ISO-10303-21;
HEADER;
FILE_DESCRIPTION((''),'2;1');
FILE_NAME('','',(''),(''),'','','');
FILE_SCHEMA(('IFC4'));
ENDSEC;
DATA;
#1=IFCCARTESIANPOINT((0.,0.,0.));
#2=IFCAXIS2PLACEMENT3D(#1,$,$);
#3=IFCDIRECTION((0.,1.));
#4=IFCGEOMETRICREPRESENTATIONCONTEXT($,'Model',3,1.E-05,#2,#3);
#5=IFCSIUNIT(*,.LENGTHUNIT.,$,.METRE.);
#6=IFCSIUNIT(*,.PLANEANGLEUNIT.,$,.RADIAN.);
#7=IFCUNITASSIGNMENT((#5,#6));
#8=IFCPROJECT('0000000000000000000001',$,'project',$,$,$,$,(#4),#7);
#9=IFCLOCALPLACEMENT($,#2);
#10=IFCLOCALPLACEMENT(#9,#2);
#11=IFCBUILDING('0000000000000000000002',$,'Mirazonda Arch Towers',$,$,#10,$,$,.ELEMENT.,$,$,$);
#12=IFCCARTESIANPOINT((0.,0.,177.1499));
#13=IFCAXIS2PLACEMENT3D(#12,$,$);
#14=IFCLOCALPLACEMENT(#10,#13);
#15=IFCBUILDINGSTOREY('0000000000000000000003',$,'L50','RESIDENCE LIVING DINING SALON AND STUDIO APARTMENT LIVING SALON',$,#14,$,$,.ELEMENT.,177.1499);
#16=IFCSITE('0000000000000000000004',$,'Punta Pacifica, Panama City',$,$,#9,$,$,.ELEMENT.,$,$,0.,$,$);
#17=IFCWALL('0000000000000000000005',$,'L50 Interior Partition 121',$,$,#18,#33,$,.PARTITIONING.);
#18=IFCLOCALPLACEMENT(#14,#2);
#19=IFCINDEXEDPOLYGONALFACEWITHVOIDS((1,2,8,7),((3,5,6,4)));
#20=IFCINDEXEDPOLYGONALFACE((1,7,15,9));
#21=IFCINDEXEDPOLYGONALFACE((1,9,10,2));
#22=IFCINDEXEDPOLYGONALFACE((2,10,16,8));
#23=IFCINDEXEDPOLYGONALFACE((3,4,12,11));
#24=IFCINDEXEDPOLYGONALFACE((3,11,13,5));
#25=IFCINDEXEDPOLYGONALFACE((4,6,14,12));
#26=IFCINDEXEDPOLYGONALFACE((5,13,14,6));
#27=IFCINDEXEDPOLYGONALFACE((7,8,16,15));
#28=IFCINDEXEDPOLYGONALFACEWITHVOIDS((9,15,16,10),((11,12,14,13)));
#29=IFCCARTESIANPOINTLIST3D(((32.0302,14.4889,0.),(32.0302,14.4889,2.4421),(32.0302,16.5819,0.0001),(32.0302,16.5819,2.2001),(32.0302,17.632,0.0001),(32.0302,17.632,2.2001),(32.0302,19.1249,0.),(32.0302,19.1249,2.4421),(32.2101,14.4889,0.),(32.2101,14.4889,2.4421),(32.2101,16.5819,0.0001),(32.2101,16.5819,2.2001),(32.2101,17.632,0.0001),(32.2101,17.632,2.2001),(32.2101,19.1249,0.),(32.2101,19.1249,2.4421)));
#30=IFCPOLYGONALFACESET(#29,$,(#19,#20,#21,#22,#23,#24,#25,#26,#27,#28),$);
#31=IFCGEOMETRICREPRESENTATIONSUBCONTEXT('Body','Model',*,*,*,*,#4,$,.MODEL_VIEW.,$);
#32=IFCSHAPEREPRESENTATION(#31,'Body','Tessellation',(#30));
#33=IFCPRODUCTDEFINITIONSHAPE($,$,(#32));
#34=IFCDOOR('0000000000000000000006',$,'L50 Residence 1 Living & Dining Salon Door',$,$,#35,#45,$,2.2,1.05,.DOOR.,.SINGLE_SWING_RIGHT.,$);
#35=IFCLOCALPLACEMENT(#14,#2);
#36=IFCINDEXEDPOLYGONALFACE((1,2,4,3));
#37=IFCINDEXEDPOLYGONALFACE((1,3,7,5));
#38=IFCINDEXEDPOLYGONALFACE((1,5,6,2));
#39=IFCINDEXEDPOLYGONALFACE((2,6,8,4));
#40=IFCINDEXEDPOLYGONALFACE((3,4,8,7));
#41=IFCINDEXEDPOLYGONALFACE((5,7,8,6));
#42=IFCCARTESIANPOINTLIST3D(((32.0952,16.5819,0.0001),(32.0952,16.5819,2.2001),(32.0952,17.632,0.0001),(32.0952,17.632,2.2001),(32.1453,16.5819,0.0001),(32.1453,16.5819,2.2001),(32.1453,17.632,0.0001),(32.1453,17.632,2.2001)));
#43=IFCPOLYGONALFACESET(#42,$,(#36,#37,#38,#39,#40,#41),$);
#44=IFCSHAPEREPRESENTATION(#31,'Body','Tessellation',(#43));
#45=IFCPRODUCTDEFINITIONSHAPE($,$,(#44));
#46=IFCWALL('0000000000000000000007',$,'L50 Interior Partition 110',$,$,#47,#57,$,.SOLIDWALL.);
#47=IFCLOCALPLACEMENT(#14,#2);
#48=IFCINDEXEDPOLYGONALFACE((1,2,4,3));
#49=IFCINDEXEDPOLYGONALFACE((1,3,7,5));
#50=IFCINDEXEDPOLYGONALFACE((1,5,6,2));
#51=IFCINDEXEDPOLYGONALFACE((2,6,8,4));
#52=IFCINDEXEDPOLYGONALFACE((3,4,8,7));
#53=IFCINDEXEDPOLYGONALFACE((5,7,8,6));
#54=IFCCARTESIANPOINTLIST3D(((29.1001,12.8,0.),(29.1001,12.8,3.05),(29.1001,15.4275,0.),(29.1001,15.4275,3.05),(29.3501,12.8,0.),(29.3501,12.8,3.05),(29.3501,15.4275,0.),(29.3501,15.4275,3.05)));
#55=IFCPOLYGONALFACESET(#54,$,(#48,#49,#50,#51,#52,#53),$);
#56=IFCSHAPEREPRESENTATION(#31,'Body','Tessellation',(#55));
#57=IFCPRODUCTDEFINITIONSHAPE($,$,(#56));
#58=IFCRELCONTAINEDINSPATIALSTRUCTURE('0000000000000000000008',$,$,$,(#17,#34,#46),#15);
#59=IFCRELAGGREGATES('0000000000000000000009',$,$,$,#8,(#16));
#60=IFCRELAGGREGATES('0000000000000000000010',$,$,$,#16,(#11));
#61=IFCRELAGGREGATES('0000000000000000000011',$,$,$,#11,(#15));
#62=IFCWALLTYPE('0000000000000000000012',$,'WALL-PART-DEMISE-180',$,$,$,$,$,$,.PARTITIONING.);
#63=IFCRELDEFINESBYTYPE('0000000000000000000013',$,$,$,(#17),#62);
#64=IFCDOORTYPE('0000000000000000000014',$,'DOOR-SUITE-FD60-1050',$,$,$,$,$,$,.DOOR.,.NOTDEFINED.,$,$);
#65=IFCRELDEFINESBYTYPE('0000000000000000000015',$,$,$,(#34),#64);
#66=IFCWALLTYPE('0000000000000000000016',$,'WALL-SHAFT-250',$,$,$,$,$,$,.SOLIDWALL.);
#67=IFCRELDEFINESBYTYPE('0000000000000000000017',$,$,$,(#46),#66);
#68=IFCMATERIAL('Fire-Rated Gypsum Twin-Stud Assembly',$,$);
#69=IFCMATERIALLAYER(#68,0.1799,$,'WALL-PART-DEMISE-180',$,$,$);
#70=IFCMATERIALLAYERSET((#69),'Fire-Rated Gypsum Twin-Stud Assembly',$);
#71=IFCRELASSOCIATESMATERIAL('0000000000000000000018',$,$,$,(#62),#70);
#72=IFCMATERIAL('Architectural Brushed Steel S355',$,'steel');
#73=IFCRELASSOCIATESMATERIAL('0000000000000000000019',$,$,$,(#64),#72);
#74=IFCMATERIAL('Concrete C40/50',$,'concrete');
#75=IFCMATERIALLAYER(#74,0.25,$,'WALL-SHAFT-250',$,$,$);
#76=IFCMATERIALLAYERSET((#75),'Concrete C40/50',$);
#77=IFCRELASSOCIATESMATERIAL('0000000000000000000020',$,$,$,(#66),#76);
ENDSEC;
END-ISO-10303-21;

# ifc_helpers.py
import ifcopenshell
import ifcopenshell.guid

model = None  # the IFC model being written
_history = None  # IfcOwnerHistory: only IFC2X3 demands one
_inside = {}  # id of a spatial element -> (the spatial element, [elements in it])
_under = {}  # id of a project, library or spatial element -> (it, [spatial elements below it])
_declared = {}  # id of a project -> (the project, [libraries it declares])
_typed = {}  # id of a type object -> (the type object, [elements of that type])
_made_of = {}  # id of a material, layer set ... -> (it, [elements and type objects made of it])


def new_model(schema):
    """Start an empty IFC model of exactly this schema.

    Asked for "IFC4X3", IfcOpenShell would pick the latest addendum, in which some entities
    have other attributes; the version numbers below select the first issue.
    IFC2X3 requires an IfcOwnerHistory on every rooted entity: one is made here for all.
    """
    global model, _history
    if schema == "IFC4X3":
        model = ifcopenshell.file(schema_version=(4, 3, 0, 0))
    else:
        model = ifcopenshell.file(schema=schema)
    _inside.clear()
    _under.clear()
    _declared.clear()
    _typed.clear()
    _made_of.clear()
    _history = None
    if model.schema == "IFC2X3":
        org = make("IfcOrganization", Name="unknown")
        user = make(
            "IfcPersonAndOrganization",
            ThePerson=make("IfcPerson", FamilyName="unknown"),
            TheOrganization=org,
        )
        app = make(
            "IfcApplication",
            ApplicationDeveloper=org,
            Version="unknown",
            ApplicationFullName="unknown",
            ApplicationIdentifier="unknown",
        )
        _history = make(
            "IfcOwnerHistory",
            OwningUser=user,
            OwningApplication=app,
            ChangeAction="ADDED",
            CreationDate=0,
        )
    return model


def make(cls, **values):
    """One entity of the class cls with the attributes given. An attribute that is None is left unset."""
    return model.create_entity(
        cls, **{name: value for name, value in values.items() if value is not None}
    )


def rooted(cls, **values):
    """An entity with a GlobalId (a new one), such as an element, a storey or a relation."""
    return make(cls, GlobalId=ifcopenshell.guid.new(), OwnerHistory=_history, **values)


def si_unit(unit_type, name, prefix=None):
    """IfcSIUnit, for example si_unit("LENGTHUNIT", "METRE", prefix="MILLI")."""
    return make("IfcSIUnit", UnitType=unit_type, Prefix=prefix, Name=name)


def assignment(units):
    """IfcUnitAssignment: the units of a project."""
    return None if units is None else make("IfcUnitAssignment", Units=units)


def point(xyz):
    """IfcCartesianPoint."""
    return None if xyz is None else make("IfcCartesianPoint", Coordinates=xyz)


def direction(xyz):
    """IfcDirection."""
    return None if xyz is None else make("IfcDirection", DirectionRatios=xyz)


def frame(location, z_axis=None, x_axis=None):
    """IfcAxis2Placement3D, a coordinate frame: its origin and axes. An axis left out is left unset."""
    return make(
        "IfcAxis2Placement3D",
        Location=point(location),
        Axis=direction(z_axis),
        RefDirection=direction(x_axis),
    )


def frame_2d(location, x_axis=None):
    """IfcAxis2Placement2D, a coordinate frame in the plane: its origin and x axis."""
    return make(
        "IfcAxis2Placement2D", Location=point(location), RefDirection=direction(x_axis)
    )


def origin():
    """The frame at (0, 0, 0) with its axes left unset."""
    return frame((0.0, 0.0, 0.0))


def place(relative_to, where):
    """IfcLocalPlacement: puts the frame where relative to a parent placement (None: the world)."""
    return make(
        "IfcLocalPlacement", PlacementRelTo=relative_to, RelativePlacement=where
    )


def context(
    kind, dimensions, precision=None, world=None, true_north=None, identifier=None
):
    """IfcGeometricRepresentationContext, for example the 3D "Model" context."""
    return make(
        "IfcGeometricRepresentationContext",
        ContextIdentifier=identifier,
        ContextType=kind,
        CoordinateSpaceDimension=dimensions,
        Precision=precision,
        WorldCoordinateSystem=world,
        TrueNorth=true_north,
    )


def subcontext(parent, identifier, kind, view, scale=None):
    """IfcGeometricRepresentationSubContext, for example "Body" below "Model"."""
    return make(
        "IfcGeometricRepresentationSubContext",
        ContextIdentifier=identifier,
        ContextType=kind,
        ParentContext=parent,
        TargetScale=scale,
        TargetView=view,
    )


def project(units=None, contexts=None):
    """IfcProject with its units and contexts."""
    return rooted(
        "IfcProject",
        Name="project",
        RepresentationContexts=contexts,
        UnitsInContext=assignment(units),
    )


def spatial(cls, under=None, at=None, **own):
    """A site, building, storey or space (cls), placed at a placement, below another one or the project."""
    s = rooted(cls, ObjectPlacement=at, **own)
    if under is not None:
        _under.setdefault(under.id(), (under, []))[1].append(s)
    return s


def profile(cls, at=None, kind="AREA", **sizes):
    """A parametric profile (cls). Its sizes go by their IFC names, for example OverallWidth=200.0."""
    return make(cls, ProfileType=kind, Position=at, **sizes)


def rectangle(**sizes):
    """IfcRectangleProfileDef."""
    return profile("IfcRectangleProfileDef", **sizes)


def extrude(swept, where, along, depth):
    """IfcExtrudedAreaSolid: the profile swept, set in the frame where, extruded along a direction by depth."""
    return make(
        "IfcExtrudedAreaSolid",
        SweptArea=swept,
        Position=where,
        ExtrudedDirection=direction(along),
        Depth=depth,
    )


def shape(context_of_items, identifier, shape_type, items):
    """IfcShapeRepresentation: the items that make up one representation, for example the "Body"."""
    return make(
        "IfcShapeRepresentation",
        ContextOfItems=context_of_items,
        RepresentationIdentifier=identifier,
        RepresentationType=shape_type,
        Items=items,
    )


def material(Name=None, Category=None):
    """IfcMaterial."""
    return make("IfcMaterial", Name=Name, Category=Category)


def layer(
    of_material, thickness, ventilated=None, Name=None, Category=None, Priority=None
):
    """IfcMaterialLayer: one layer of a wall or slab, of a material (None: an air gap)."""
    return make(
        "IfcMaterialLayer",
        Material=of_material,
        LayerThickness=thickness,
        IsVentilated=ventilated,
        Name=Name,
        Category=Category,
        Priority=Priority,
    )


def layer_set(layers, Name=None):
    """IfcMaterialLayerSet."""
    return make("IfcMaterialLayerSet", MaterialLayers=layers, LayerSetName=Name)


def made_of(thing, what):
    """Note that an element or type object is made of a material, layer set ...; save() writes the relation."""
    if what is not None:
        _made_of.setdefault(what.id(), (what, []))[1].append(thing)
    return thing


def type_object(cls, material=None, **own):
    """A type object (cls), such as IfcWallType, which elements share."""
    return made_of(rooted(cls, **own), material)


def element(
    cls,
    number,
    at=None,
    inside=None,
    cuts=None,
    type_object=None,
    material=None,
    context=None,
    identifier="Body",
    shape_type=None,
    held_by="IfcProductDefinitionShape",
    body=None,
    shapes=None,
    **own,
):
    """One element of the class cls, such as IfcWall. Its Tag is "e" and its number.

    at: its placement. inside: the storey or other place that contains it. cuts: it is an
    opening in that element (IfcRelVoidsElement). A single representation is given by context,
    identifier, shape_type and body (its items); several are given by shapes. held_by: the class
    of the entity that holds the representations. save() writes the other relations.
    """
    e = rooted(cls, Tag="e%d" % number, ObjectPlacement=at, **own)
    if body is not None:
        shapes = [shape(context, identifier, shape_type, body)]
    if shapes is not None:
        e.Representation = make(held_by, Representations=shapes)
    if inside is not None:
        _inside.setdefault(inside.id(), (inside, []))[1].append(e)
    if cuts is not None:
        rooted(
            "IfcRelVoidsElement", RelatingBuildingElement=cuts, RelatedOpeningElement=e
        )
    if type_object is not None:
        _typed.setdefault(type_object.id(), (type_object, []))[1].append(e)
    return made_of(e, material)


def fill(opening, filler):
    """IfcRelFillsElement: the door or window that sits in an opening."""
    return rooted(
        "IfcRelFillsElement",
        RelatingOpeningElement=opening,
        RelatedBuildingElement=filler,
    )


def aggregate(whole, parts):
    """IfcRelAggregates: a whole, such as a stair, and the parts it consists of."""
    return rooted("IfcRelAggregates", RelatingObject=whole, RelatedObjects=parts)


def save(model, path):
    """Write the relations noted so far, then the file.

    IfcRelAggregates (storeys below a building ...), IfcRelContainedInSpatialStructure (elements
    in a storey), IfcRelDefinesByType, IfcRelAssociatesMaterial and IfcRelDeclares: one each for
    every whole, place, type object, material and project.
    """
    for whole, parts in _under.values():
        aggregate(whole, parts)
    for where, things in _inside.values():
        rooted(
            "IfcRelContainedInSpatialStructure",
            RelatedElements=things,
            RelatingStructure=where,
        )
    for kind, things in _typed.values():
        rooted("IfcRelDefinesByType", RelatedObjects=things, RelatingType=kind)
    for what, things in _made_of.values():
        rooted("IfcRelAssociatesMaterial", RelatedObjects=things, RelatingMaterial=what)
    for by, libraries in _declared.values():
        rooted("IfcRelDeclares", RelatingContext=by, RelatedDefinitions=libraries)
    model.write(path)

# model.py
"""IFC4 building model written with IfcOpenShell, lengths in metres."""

from ifc_helpers import new_model, si_unit, direction, frame, frame_2d, origin, place, context, subcontext, project, spatial, rectangle, extrude, material, layer, layer_set, type_object, element, fill, save


model = new_model("IFC4")

# Units and contexts
model_context = context("Model", 3, precision=1e-05, world=origin(), true_north=direction((0.0, 1.0)))
body_context = subcontext(model_context, "Body", "Model", "MODEL_VIEW")
ifc_project = project(units=[si_unit("LENGTHUNIT", "METRE"), si_unit("PLANEANGLEUNIT", "RADIAN")], contexts=[model_context])

# Site, building, storey
site_placement = place(None, origin())
site = spatial("IfcSite", under=ifc_project, at=site_placement, Name="Punta Pacifica, Panama City", CompositionType="ELEMENT", RefElevation=0.0)
building_placement = place(site_placement, origin())
building = spatial("IfcBuilding", under=site, at=building_placement, Name="Mirazonda Arch Towers", CompositionType="ELEMENT")
storey_placement = place(building_placement, frame((0.0, 0.0, 177.1499)))
storey = spatial("IfcBuildingStorey", under=building, at=storey_placement, Name="L50", Description="RESIDENCE LIVING DINING SALON AND STUDIO APARTMENT LIVING SALON", CompositionType="ELEMENT", Elevation=177.1499)

# Shared definitions
ifc_material_1 = material(Name="Fire-Rated Gypsum Twin-Stud Assembly")
ifc_layer_1 = layer(ifc_material_1, 0.1799, Name="WALL-PART-DEMISE-180")
ifc_layer_set_1 = layer_set([ifc_layer_1], Name="Fire-Rated Gypsum Twin-Stud Assembly")
wall_type_1 = type_object("IfcWallType", Name="WALL-PART-DEMISE-180", PredefinedType="PARTITIONING", material=ifc_layer_set_1)

# Wall, opening, door
ifc_material_2 = material(Name="Architectural Brushed Steel S355", Category="steel")
wall_1_placement = place(storey_placement, frame((32.1201, 14.489, 0.0), z_axis=(0.0, 0.0, 1.0), x_axis=(0.0, 1.0, 0.0)))
wall_1 = element("IfcWall", 1, at=wall_1_placement, inside=storey, type_object=wall_type_1, Name="L50 Interior Partition 121", PredefinedType="PARTITIONING", context=body_context, shape_type="SweptSolid", body=[
    extrude(rectangle(XDim=4.636, YDim=0.1799, at=frame_2d((2.3179, 0.0))), origin(), (0.0, 0.0, 1.0), 2.4421),
])
opening_1_placement = place(wall_1_placement, frame((2.093, 0.0, 0.0)))
opening_1 = element("IfcOpeningElement", 2, at=opening_1_placement, cuts=wall_1, PredefinedType="OPENING", context=body_context, shape_type="SweptSolid", body=[
    extrude(rectangle(XDim=1.05, YDim=2.2, at=frame_2d((0.5249, 1.1001))), frame((0.0, 0.0999, 0.0), z_axis=(0.0, -1.0, 0.0), x_axis=(1.0, 0.0, 0.0)), (0.0, 0.0, 1.0), 0.2),
])
door_type_1 = type_object("IfcDoorType", Name="DOOR-SUITE-FD60-1050", OperationType="NOTDEFINED", PredefinedType="DOOR", material=ifc_material_2)
door_1_placement = place(opening_1_placement, origin())
door_1 = element("IfcDoor", 3, at=door_1_placement, inside=storey, type_object=door_type_1, Name="L50 Residence 1 Living & Dining Salon Door", OperationType="SINGLE_SWING_RIGHT", OverallHeight=2.2, OverallWidth=1.05, PredefinedType="DOOR", context=body_context, shape_type="SweptSolid", body=[
    extrude(rectangle(XDim=1.05, YDim=2.2, at=frame_2d((0.5249, 1.1001))), frame((0.0, 0.0249, 0.0), z_axis=(0.0, -1.0, 0.0), x_axis=(1.0, 0.0, 0.0)), (0.0, 0.0, 1.0), 0.05),
])
fill(opening_1, door_1)

# Wall
ifc_material_3 = material(Name="Concrete C40/50", Category="concrete")
ifc_layer_2 = layer(ifc_material_3, 0.25, Name="WALL-SHAFT-250")
ifc_layer_set_2 = layer_set([ifc_layer_2], Name="Concrete C40/50")
wall_type_2 = type_object("IfcWallType", Name="WALL-SHAFT-250", PredefinedType="SOLIDWALL", material=ifc_layer_set_2)
wall_2_placement = place(storey_placement, frame((29.2251, 12.8, 0.0), z_axis=(0.0, 0.0, 1.0), x_axis=(0.0, 1.0, 0.0)))
element("IfcWall", 4, at=wall_2_placement, inside=storey, type_object=wall_type_2, Name="L50 Interior Partition 110", PredefinedType="SOLIDWALL", context=body_context, shape_type="SweptSolid", body=[
    extrude(rectangle(XDim=2.6274, YDim=0.25, at=frame_2d((1.3137, 0.0))), origin(), (0.0, 0.0, 1.0), 3.05),
])

save(model, "model.ifc")
